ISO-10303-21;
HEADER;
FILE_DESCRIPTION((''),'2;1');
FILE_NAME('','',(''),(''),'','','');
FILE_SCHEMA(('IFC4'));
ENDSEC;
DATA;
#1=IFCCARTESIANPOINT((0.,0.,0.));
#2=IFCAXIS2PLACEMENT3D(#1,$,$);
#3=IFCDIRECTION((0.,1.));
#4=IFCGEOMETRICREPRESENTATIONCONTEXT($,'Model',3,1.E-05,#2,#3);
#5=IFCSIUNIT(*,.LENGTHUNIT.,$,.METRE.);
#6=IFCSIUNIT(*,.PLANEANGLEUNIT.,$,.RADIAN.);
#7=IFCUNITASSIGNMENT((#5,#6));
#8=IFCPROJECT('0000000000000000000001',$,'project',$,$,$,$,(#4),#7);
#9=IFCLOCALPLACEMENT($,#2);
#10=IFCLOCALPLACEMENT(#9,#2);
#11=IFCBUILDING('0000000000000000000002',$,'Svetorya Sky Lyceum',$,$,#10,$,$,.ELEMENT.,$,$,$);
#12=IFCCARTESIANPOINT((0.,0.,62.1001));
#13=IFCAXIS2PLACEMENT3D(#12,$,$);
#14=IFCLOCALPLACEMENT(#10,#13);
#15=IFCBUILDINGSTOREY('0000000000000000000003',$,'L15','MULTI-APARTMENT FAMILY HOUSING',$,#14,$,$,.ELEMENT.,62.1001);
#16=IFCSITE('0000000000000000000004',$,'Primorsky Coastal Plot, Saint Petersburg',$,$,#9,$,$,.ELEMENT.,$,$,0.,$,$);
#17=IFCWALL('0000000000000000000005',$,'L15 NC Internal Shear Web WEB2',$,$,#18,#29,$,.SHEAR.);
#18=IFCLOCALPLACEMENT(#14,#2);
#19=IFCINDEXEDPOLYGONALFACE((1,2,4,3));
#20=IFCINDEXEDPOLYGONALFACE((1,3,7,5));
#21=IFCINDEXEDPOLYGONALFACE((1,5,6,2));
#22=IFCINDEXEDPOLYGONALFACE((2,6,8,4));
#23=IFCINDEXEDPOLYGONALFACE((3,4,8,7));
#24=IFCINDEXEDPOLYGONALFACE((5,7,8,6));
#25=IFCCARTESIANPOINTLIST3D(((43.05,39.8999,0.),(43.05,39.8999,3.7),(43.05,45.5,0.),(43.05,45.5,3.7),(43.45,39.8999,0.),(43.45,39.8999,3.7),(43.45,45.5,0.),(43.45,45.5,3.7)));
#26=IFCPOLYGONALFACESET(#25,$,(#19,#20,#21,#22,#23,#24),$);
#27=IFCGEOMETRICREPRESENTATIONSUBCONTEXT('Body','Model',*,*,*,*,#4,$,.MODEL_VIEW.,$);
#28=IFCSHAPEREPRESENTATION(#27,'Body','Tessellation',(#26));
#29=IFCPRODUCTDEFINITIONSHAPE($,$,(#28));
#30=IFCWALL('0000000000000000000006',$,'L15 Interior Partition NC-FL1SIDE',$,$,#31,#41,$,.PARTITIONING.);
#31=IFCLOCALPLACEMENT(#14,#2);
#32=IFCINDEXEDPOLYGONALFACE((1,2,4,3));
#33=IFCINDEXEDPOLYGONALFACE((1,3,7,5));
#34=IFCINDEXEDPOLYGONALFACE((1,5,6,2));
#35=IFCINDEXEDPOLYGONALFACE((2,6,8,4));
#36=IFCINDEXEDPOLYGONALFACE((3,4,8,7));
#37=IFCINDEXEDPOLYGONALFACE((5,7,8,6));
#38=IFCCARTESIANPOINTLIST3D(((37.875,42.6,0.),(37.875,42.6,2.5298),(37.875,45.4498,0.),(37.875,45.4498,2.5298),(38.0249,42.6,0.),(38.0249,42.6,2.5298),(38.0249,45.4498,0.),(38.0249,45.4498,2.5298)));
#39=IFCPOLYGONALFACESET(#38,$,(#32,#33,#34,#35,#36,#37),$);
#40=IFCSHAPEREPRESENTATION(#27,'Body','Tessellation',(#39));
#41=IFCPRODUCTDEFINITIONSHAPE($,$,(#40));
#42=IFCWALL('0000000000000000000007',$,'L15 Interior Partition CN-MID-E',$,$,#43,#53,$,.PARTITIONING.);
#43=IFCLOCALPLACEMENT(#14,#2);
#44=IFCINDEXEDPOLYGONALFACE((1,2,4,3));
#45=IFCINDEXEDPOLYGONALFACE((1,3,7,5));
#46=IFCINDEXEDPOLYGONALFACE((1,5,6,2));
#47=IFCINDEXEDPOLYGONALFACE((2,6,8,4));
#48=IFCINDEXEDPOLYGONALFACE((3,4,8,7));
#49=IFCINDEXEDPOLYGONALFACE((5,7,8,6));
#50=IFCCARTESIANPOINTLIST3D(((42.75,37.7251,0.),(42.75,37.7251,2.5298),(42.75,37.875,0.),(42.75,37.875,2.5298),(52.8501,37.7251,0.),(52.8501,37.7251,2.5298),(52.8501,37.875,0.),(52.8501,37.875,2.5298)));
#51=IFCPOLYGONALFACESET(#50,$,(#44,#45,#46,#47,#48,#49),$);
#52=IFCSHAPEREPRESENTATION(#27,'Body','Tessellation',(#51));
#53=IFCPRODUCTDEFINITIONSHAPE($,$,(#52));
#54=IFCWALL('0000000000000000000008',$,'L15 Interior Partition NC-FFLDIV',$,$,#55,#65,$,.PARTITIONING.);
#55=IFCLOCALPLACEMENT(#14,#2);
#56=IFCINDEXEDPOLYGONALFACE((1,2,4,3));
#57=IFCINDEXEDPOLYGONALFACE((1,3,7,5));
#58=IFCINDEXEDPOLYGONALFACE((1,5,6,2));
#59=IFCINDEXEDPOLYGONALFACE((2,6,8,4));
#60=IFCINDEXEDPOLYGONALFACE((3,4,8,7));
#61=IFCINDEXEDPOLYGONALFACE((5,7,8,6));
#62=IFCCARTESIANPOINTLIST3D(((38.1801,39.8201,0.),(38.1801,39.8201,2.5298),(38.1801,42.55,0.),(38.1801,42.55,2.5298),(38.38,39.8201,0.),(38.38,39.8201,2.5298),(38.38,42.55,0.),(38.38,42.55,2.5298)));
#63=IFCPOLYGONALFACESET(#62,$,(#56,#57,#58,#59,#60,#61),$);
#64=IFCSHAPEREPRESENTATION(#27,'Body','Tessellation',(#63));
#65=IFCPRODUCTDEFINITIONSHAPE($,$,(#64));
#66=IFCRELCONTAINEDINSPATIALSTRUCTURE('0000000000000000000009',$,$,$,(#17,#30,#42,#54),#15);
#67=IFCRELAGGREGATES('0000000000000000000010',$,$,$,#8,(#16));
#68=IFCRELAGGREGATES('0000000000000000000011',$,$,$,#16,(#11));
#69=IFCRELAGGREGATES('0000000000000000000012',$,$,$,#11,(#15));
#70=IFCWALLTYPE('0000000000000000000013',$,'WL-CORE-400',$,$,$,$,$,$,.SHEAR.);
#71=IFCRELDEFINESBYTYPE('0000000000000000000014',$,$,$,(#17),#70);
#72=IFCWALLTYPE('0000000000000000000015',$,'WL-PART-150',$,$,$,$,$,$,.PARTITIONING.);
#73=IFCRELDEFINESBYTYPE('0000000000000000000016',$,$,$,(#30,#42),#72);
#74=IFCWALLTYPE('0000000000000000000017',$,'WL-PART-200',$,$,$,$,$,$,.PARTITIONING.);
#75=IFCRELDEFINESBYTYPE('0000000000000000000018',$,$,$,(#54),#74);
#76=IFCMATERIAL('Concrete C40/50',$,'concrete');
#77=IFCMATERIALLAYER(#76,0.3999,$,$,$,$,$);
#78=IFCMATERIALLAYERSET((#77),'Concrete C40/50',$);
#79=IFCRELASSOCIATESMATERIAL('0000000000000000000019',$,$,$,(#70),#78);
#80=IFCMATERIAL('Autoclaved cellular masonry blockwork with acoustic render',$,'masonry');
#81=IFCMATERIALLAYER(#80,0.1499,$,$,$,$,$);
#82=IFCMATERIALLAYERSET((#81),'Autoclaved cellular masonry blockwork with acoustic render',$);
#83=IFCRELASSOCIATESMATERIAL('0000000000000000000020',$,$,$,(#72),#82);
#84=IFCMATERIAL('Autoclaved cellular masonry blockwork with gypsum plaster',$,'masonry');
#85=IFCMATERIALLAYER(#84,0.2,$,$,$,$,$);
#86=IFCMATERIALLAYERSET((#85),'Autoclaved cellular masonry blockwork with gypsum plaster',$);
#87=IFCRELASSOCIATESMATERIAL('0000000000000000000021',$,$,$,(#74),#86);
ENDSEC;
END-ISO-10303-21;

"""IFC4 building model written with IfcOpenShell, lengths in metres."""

from ifc_helpers import new_model, si_unit, direction, frame, frame_2d, origin, place, context, subcontext, project, spatial, rectangle, extrude, material, layer, layer_set, type_object, element, save


model = new_model("IFC4")

# Units and contexts
model_context = context("Model", 3, precision=1e-05, world=origin(), true_north=direction((0.0, 1.0)))
body_context = subcontext(model_context, "Body", "Model", "MODEL_VIEW")
ifc_project = project(units=[si_unit("LENGTHUNIT", "METRE"), si_unit("PLANEANGLEUNIT", "RADIAN")], contexts=[model_context])

# Site, building, storey
site_placement = place(None, origin())
site = spatial("IfcSite", under=ifc_project, at=site_placement, Name="Primorsky Coastal Plot, Saint Petersburg", CompositionType="ELEMENT", RefElevation=0.0)
building_placement = place(site_placement, origin())
building = spatial("IfcBuilding", under=site, at=building_placement, Name="Svetorya Sky Lyceum", CompositionType="ELEMENT")
storey_placement = place(building_placement, frame((0.0, 0.0, 62.1001)))
storey = spatial("IfcBuildingStorey", under=building, at=storey_placement, Name="L15", Description="MULTI-APARTMENT FAMILY HOUSING", CompositionType="ELEMENT", Elevation=62.1001)

# Wall
ifc_material_1 = material(Name="Concrete C40/50", Category="concrete")
ifc_layer_1 = layer(ifc_material_1, 0.3999)
ifc_layer_set_1 = layer_set([ifc_layer_1], Name="Concrete C40/50")
wall_type_1 = type_object("IfcWallType", Name="WL-CORE-400", PredefinedType="SHEAR", material=ifc_layer_set_1)
wall_1_placement = place(storey_placement, frame((43.25, 39.8999, 0.0), z_axis=(0.0, 0.0, 1.0), x_axis=(0.0, 1.0, 0.0)))
element("IfcWall", 1, at=wall_1_placement, inside=storey, type_object=wall_type_1, Name="L15 NC Internal Shear Web WEB2", PredefinedType="SHEAR", context=body_context, shape_type="SweptSolid", body=[
    extrude(rectangle(XDim=5.6001, YDim=0.3999, at=frame_2d((2.8, 0.0))), origin(), (0.0, 0.0, 1.0), 3.7),
])

# Walls
ifc_material_2 = material(Name="Autoclaved cellular masonry blockwork with acoustic render", Category="masonry")
ifc_layer_2 = layer(ifc_material_2, 0.1499)
ifc_layer_set_2 = layer_set([ifc_layer_2], Name="Autoclaved cellular masonry blockwork with acoustic render")
wall_type_2 = type_object("IfcWallType", Name="WL-PART-150", PredefinedType="PARTITIONING", material=ifc_layer_set_2)
wall_2_placement = place(storey_placement, frame((37.95, 42.6001, 0.0), z_axis=(0.0, 0.0, 1.0), x_axis=(0.0, 1.0, 0.0)))
element("IfcWall", 2, at=wall_2_placement, inside=storey, type_object=wall_type_2, Name="L15 Interior Partition NC-FL1SIDE", PredefinedType="PARTITIONING", context=body_context, shape_type="SweptSolid", body=[
    extrude(rectangle(XDim=2.8499, YDim=0.1499, at=frame_2d((1.4248, 0.0))), origin(), (0.0, 0.0, 1.0), 2.5298),
])
wall_3_placement = place(storey_placement, frame((42.75, 37.8, 0.0), z_axis=(0.0, 0.0, 1.0), x_axis=(1.0, 0.0, 0.0)))
element("IfcWall", 3, at=wall_3_placement, inside=storey, type_object=wall_type_2, Name="L15 Interior Partition CN-MID-E", PredefinedType="PARTITIONING", context=body_context, shape_type="SweptSolid", body=[
    extrude(rectangle(XDim=10.1001, YDim=0.1499, at=frame_2d((5.05, 0.0))), origin(), (0.0, 0.0, 1.0), 2.5298),
])

# Shared definitions
ifc_material_3 = material(Name="Autoclaved cellular masonry blockwork with gypsum plaster", Category="masonry")
ifc_layer_3 = layer(ifc_material_3, 0.2)
ifc_layer_set_3 = layer_set([ifc_layer_3], Name="Autoclaved cellular masonry blockwork with gypsum plaster")
wall_type_3 = type_object("IfcWallType", Name="WL-PART-200", PredefinedType="PARTITIONING", material=ifc_layer_set_3)

# Wall
wall_4_placement = place(storey_placement, frame((38.28, 39.8201, 0.0), z_axis=(0.0, 0.0, 1.0), x_axis=(0.0, 1.0, 0.0)))
element("IfcWall", 4, at=wall_4_placement, inside=storey, type_object=wall_type_3, Name="L15 Interior Partition NC-FFLDIV", PredefinedType="PARTITIONING", context=body_context, shape_type="SweptSolid", body=[
    extrude(rectangle(XDim=2.73, YDim=0.2, at=frame_2d((1.365, 0.0))), origin(), (0.0, 0.0, 1.0), 2.5298),
])

save(model, "model.ifc")
